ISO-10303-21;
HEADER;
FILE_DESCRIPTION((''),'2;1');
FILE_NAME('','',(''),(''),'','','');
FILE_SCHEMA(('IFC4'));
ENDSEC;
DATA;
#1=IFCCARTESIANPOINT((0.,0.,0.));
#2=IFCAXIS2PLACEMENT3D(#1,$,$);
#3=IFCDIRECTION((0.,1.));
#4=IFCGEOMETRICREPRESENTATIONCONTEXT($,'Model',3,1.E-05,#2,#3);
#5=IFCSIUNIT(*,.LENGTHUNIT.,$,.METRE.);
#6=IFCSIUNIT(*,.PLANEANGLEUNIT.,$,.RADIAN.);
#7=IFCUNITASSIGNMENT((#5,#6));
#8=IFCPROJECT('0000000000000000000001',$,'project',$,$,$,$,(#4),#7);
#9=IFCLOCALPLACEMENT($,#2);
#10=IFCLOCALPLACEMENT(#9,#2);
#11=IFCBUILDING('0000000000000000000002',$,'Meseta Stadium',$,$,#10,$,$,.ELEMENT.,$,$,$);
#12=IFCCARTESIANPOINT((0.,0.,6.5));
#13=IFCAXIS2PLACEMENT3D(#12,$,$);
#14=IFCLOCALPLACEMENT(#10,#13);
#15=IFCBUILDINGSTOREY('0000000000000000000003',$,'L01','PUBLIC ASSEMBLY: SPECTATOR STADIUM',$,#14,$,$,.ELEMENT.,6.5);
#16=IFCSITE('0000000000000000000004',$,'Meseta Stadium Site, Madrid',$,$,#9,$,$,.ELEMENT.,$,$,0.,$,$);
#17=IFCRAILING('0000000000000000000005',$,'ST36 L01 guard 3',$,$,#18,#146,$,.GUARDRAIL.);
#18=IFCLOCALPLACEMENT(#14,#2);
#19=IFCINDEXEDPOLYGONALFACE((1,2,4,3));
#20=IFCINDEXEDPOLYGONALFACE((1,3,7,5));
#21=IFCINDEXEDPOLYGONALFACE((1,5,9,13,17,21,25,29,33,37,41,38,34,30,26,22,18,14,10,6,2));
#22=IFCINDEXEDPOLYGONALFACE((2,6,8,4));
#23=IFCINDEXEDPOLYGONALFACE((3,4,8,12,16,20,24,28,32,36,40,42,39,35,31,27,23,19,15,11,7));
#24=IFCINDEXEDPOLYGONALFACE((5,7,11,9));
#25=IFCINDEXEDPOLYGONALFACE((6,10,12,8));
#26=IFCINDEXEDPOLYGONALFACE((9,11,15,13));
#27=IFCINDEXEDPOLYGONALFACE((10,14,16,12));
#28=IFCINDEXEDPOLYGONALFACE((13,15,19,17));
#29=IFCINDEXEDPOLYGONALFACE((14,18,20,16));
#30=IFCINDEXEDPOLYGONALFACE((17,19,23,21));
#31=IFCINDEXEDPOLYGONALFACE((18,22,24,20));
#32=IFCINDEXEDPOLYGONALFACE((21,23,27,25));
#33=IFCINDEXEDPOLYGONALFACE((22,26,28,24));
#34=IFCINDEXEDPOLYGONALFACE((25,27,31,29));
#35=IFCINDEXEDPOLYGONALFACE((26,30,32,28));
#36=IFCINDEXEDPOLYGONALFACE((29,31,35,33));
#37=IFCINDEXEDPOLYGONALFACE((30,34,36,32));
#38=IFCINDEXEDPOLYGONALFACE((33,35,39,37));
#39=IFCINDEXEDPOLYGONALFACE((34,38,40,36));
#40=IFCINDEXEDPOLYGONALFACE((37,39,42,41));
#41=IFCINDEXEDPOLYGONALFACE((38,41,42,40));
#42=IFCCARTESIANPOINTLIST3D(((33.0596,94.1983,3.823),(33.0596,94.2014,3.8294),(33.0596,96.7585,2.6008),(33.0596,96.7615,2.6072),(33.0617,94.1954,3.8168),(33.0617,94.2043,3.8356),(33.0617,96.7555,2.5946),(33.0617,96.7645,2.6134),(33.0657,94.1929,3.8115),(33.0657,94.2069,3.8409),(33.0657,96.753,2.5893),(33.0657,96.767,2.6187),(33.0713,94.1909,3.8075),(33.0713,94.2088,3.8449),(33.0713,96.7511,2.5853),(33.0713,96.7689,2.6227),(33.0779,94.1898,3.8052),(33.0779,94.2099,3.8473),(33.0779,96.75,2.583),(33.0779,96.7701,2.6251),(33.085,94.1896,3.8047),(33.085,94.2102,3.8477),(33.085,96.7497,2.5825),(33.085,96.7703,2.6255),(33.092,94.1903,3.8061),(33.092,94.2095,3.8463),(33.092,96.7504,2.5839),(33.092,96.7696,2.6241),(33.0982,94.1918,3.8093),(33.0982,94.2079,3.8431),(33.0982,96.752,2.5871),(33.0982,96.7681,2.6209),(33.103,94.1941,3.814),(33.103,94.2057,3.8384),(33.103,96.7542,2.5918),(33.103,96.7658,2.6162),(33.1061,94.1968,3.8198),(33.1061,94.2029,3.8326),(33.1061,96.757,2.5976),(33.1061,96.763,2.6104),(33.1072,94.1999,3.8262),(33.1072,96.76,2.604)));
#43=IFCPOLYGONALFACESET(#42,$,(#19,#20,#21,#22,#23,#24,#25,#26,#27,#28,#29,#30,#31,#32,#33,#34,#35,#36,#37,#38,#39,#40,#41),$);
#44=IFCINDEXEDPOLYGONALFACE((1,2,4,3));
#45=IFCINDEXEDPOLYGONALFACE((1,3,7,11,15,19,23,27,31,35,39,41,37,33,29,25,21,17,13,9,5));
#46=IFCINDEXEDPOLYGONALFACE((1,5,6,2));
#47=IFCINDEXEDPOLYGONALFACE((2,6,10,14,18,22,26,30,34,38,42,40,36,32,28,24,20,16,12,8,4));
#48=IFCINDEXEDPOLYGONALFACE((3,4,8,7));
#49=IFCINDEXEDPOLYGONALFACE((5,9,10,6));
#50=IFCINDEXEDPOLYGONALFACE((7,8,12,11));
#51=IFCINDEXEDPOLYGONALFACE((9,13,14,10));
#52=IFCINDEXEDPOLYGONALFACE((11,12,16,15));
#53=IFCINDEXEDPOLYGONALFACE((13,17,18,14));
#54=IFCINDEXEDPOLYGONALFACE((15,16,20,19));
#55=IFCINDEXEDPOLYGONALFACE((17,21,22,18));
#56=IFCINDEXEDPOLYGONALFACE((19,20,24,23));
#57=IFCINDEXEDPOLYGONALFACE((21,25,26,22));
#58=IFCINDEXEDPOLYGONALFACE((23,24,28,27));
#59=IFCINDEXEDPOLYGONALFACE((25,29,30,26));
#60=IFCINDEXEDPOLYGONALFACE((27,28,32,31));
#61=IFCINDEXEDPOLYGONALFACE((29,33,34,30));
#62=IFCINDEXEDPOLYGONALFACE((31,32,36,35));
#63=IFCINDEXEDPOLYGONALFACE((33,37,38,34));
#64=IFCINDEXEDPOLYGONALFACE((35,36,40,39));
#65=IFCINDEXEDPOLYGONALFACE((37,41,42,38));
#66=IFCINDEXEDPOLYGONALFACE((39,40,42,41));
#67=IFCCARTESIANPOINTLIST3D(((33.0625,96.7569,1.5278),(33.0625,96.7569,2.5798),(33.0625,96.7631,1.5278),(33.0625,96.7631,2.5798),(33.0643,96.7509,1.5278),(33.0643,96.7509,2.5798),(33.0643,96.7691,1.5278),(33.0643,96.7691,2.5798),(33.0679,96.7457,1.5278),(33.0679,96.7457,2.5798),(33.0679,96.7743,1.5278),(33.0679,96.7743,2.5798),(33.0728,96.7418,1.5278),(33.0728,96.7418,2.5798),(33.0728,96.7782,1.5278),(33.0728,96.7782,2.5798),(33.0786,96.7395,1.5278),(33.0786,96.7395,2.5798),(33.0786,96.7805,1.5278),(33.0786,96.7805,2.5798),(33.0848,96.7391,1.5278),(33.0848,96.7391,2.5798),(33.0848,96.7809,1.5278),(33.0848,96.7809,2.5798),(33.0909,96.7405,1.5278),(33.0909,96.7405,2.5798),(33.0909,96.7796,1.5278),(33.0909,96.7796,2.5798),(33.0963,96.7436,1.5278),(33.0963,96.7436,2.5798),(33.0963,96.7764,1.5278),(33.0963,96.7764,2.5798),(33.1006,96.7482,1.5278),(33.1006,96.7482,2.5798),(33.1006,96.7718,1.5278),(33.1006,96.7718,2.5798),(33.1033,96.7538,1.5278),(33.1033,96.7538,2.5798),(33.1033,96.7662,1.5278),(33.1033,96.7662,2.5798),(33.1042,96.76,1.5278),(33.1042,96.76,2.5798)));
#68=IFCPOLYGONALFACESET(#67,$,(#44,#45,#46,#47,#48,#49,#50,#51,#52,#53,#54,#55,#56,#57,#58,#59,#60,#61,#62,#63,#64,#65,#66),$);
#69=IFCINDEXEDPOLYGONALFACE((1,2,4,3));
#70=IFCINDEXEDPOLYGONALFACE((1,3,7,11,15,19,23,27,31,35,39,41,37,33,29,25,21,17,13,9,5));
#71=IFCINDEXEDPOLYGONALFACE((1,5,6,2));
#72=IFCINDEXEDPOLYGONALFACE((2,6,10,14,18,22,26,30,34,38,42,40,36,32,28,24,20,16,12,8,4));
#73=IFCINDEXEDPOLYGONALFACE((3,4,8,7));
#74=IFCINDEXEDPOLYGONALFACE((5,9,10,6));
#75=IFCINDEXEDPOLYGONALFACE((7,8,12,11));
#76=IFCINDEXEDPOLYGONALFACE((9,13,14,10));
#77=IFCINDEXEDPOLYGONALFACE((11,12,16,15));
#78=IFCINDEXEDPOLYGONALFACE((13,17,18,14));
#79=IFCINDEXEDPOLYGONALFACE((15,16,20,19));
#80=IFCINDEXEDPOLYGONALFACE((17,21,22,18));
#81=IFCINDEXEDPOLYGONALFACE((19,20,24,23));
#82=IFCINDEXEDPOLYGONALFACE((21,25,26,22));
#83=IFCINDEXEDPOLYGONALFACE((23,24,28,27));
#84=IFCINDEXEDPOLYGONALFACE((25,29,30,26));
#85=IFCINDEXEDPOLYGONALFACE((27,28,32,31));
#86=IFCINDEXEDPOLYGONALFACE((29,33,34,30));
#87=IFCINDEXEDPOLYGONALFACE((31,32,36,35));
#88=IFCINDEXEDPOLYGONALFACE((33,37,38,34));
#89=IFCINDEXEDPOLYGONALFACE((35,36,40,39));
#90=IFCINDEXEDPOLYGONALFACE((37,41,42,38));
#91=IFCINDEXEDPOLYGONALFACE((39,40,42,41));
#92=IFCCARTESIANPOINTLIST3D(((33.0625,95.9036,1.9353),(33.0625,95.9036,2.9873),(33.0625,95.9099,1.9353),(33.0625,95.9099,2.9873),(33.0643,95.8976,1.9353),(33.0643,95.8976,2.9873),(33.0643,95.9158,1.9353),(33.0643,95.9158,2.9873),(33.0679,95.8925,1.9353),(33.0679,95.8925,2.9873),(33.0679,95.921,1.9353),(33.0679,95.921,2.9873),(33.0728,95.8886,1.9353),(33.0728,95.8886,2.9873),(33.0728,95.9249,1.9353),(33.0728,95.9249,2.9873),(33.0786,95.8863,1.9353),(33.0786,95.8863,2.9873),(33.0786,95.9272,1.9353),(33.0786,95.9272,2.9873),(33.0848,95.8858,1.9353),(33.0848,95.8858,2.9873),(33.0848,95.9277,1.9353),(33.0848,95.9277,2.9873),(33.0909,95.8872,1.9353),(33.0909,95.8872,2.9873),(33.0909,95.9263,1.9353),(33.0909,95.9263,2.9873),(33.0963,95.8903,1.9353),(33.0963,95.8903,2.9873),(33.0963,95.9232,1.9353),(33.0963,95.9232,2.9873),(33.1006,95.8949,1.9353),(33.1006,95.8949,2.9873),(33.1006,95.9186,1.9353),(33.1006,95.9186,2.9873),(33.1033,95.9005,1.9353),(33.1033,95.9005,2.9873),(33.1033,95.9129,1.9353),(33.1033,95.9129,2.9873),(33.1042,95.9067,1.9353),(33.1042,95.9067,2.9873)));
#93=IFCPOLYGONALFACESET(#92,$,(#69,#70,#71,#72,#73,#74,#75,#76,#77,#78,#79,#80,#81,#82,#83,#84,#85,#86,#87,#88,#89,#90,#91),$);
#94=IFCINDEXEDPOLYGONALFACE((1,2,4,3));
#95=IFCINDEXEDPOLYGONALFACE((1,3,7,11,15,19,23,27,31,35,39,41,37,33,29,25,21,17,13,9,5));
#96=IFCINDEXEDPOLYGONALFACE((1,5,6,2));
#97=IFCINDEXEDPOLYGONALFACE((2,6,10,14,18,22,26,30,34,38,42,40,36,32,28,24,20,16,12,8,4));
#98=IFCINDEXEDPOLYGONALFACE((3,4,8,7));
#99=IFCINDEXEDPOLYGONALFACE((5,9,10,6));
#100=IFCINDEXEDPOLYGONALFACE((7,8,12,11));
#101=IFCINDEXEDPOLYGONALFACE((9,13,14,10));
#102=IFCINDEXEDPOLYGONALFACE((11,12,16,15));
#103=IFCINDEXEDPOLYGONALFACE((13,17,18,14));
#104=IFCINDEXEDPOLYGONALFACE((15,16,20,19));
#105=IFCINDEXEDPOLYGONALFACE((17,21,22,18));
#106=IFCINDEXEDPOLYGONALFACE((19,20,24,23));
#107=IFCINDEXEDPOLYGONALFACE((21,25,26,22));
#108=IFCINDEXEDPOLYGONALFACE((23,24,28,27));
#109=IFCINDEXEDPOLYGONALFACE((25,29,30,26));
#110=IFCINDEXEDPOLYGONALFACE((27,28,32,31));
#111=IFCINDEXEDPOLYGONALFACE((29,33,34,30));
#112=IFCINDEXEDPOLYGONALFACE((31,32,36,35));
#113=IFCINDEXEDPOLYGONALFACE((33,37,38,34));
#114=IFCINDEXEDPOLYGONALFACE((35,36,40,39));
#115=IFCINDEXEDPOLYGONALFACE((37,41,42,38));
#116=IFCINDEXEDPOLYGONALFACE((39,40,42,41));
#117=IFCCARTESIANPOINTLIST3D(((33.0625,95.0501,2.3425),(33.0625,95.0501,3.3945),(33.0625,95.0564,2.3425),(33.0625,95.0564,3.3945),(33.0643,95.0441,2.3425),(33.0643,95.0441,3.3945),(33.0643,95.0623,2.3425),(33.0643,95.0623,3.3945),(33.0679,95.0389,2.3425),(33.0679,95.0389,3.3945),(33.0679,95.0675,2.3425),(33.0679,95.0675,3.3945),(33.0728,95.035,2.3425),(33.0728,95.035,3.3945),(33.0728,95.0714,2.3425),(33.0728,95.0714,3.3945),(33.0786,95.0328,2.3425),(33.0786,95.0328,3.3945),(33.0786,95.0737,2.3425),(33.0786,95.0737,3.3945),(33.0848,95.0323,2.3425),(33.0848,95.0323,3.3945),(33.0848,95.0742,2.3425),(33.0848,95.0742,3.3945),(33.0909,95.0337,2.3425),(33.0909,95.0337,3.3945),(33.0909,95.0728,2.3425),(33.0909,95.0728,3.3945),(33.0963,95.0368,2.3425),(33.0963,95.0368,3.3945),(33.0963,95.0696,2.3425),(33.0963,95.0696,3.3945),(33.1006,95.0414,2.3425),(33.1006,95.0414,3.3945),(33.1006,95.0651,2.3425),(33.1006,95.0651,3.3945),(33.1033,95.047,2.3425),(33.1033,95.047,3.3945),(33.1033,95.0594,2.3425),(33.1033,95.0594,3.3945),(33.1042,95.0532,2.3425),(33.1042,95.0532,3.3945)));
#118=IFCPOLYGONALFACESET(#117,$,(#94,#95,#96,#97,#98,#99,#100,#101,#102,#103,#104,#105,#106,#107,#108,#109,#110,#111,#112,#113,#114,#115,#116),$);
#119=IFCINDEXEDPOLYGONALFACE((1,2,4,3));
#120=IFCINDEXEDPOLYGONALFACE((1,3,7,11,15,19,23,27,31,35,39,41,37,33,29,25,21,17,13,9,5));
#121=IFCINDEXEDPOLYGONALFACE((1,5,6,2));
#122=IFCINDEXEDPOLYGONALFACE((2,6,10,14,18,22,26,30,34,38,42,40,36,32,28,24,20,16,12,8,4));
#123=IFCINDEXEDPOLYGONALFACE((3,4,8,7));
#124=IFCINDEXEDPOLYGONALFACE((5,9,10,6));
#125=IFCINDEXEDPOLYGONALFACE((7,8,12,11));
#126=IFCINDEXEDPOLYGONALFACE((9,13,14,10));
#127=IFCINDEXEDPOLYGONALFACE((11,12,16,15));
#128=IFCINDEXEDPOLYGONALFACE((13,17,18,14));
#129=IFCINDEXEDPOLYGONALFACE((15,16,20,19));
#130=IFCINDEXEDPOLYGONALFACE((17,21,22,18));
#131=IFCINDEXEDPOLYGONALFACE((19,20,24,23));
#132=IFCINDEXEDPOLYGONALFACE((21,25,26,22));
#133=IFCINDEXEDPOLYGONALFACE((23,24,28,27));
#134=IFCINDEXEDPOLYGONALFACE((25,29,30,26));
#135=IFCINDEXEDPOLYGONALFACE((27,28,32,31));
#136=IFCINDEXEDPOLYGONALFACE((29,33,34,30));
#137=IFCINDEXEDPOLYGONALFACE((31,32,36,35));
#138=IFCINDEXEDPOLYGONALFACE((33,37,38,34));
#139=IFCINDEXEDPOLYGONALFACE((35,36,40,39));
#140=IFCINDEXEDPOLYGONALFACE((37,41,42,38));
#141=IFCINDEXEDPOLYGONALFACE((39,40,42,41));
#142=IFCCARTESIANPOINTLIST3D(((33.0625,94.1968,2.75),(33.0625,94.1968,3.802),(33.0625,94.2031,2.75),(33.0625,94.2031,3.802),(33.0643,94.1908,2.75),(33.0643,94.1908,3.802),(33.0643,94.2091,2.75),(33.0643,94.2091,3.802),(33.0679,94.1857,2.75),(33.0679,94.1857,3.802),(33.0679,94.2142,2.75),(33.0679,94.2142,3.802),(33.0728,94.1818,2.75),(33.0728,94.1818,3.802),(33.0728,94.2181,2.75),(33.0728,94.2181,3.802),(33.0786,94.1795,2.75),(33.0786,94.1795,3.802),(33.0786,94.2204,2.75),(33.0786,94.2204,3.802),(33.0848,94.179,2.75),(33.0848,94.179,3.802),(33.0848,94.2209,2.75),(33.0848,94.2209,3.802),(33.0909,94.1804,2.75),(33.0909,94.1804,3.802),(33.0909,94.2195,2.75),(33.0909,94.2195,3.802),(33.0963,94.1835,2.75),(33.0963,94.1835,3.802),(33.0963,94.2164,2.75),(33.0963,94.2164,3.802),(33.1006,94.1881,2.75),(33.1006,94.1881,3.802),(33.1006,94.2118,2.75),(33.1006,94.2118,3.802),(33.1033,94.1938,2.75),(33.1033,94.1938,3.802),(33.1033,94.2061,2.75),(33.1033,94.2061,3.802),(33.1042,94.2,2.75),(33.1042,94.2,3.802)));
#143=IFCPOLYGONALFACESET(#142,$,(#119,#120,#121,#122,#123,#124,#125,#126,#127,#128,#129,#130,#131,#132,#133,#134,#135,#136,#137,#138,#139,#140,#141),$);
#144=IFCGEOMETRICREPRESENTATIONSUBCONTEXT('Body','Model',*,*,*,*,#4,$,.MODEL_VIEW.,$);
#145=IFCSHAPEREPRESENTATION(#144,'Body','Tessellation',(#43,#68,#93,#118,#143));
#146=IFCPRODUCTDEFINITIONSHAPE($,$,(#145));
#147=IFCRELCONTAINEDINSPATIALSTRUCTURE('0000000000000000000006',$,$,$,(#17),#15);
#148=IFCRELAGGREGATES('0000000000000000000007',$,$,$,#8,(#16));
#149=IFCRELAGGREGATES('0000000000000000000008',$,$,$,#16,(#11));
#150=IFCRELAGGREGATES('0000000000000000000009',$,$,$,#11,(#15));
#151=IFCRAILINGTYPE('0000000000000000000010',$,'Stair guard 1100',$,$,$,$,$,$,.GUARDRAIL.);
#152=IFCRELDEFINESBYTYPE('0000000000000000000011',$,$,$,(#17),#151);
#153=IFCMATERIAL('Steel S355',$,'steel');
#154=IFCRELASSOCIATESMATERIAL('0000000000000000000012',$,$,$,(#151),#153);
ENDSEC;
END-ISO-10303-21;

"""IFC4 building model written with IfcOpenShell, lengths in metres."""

from ifc_helpers import new_model, si_unit, direction, frame, origin, origin_2d, place, context, subcontext, project, spatial, circle, extrude, material, type_object, element, save


model = new_model("IFC4")

# Units and contexts
model_context = context("Model", 3, precision=1e-05, world=origin(), true_north=direction((0.0, 1.0)))
body_context = subcontext(model_context, "Body", "Model", "MODEL_VIEW")
ifc_project = project(units=[si_unit("LENGTHUNIT", "METRE"), si_unit("PLANEANGLEUNIT", "RADIAN")], contexts=[model_context])

# Site, building, storey
site_placement = place(None, origin())
site = spatial("IfcSite", under=ifc_project, at=site_placement, Name="Meseta Stadium Site, Madrid", CompositionType="ELEMENT", RefElevation=0.0)
building_placement = place(site_placement, origin())
building = spatial("IfcBuilding", under=site, at=building_placement, Name="Meseta Stadium", CompositionType="ELEMENT")
storey_placement = place(building_placement, frame((0.0, 0.0, 6.5)))
storey = spatial("IfcBuildingStorey", under=building, at=storey_placement, Name="L01", Description="PUBLIC ASSEMBLY: SPECTATOR STADIUM", CompositionType="ELEMENT", Elevation=6.5)

# Railing
ifc_material_1 = material(Name="Steel S355", Category="steel")
railing_type_1 = type_object("IfcRailingType", Name="Stair guard 1100", PredefinedType="GUARDRAIL", material=ifc_material_1)
railing_1_placement = place(storey_placement, frame((33.0833, 96.76, 1.5278)))
element("IfcRailing", 1, at=railing_1_placement, inside=storey, type_object=railing_type_1, Name="ST36 L01 guard 3", PredefinedType="GUARDRAIL", context=body_context, shape_type="SweptSolid", body=[
    extrude(circle(Radius=0.0239, at=origin_2d()), frame((0.0, 0.0, 1.0762), z_axis=(0.0, -0.902437, 0.430822), x_axis=(1.0, 0.0, 0.0)), (0.0, 0.0, 1.0), 2.8369),
    extrude(circle(Radius=0.021, at=origin_2d()), origin(), (0.0, 0.0, 1.0), 1.052),
    extrude(circle(Radius=0.021, at=origin_2d()), frame((0.0, -0.8533, 0.4075)), (0.0, 0.0, 1.0), 1.052),
    extrude(circle(Radius=0.021, at=origin_2d()), frame((0.0, -1.7068, 0.8147)), (0.0, 0.0, 1.0), 1.052),
    extrude(circle(Radius=0.021, at=origin_2d()), frame((0.0, -2.5601, 1.2222)), (0.0, 0.0, 1.0), 1.052),
])

save(model, "model.ifc")
